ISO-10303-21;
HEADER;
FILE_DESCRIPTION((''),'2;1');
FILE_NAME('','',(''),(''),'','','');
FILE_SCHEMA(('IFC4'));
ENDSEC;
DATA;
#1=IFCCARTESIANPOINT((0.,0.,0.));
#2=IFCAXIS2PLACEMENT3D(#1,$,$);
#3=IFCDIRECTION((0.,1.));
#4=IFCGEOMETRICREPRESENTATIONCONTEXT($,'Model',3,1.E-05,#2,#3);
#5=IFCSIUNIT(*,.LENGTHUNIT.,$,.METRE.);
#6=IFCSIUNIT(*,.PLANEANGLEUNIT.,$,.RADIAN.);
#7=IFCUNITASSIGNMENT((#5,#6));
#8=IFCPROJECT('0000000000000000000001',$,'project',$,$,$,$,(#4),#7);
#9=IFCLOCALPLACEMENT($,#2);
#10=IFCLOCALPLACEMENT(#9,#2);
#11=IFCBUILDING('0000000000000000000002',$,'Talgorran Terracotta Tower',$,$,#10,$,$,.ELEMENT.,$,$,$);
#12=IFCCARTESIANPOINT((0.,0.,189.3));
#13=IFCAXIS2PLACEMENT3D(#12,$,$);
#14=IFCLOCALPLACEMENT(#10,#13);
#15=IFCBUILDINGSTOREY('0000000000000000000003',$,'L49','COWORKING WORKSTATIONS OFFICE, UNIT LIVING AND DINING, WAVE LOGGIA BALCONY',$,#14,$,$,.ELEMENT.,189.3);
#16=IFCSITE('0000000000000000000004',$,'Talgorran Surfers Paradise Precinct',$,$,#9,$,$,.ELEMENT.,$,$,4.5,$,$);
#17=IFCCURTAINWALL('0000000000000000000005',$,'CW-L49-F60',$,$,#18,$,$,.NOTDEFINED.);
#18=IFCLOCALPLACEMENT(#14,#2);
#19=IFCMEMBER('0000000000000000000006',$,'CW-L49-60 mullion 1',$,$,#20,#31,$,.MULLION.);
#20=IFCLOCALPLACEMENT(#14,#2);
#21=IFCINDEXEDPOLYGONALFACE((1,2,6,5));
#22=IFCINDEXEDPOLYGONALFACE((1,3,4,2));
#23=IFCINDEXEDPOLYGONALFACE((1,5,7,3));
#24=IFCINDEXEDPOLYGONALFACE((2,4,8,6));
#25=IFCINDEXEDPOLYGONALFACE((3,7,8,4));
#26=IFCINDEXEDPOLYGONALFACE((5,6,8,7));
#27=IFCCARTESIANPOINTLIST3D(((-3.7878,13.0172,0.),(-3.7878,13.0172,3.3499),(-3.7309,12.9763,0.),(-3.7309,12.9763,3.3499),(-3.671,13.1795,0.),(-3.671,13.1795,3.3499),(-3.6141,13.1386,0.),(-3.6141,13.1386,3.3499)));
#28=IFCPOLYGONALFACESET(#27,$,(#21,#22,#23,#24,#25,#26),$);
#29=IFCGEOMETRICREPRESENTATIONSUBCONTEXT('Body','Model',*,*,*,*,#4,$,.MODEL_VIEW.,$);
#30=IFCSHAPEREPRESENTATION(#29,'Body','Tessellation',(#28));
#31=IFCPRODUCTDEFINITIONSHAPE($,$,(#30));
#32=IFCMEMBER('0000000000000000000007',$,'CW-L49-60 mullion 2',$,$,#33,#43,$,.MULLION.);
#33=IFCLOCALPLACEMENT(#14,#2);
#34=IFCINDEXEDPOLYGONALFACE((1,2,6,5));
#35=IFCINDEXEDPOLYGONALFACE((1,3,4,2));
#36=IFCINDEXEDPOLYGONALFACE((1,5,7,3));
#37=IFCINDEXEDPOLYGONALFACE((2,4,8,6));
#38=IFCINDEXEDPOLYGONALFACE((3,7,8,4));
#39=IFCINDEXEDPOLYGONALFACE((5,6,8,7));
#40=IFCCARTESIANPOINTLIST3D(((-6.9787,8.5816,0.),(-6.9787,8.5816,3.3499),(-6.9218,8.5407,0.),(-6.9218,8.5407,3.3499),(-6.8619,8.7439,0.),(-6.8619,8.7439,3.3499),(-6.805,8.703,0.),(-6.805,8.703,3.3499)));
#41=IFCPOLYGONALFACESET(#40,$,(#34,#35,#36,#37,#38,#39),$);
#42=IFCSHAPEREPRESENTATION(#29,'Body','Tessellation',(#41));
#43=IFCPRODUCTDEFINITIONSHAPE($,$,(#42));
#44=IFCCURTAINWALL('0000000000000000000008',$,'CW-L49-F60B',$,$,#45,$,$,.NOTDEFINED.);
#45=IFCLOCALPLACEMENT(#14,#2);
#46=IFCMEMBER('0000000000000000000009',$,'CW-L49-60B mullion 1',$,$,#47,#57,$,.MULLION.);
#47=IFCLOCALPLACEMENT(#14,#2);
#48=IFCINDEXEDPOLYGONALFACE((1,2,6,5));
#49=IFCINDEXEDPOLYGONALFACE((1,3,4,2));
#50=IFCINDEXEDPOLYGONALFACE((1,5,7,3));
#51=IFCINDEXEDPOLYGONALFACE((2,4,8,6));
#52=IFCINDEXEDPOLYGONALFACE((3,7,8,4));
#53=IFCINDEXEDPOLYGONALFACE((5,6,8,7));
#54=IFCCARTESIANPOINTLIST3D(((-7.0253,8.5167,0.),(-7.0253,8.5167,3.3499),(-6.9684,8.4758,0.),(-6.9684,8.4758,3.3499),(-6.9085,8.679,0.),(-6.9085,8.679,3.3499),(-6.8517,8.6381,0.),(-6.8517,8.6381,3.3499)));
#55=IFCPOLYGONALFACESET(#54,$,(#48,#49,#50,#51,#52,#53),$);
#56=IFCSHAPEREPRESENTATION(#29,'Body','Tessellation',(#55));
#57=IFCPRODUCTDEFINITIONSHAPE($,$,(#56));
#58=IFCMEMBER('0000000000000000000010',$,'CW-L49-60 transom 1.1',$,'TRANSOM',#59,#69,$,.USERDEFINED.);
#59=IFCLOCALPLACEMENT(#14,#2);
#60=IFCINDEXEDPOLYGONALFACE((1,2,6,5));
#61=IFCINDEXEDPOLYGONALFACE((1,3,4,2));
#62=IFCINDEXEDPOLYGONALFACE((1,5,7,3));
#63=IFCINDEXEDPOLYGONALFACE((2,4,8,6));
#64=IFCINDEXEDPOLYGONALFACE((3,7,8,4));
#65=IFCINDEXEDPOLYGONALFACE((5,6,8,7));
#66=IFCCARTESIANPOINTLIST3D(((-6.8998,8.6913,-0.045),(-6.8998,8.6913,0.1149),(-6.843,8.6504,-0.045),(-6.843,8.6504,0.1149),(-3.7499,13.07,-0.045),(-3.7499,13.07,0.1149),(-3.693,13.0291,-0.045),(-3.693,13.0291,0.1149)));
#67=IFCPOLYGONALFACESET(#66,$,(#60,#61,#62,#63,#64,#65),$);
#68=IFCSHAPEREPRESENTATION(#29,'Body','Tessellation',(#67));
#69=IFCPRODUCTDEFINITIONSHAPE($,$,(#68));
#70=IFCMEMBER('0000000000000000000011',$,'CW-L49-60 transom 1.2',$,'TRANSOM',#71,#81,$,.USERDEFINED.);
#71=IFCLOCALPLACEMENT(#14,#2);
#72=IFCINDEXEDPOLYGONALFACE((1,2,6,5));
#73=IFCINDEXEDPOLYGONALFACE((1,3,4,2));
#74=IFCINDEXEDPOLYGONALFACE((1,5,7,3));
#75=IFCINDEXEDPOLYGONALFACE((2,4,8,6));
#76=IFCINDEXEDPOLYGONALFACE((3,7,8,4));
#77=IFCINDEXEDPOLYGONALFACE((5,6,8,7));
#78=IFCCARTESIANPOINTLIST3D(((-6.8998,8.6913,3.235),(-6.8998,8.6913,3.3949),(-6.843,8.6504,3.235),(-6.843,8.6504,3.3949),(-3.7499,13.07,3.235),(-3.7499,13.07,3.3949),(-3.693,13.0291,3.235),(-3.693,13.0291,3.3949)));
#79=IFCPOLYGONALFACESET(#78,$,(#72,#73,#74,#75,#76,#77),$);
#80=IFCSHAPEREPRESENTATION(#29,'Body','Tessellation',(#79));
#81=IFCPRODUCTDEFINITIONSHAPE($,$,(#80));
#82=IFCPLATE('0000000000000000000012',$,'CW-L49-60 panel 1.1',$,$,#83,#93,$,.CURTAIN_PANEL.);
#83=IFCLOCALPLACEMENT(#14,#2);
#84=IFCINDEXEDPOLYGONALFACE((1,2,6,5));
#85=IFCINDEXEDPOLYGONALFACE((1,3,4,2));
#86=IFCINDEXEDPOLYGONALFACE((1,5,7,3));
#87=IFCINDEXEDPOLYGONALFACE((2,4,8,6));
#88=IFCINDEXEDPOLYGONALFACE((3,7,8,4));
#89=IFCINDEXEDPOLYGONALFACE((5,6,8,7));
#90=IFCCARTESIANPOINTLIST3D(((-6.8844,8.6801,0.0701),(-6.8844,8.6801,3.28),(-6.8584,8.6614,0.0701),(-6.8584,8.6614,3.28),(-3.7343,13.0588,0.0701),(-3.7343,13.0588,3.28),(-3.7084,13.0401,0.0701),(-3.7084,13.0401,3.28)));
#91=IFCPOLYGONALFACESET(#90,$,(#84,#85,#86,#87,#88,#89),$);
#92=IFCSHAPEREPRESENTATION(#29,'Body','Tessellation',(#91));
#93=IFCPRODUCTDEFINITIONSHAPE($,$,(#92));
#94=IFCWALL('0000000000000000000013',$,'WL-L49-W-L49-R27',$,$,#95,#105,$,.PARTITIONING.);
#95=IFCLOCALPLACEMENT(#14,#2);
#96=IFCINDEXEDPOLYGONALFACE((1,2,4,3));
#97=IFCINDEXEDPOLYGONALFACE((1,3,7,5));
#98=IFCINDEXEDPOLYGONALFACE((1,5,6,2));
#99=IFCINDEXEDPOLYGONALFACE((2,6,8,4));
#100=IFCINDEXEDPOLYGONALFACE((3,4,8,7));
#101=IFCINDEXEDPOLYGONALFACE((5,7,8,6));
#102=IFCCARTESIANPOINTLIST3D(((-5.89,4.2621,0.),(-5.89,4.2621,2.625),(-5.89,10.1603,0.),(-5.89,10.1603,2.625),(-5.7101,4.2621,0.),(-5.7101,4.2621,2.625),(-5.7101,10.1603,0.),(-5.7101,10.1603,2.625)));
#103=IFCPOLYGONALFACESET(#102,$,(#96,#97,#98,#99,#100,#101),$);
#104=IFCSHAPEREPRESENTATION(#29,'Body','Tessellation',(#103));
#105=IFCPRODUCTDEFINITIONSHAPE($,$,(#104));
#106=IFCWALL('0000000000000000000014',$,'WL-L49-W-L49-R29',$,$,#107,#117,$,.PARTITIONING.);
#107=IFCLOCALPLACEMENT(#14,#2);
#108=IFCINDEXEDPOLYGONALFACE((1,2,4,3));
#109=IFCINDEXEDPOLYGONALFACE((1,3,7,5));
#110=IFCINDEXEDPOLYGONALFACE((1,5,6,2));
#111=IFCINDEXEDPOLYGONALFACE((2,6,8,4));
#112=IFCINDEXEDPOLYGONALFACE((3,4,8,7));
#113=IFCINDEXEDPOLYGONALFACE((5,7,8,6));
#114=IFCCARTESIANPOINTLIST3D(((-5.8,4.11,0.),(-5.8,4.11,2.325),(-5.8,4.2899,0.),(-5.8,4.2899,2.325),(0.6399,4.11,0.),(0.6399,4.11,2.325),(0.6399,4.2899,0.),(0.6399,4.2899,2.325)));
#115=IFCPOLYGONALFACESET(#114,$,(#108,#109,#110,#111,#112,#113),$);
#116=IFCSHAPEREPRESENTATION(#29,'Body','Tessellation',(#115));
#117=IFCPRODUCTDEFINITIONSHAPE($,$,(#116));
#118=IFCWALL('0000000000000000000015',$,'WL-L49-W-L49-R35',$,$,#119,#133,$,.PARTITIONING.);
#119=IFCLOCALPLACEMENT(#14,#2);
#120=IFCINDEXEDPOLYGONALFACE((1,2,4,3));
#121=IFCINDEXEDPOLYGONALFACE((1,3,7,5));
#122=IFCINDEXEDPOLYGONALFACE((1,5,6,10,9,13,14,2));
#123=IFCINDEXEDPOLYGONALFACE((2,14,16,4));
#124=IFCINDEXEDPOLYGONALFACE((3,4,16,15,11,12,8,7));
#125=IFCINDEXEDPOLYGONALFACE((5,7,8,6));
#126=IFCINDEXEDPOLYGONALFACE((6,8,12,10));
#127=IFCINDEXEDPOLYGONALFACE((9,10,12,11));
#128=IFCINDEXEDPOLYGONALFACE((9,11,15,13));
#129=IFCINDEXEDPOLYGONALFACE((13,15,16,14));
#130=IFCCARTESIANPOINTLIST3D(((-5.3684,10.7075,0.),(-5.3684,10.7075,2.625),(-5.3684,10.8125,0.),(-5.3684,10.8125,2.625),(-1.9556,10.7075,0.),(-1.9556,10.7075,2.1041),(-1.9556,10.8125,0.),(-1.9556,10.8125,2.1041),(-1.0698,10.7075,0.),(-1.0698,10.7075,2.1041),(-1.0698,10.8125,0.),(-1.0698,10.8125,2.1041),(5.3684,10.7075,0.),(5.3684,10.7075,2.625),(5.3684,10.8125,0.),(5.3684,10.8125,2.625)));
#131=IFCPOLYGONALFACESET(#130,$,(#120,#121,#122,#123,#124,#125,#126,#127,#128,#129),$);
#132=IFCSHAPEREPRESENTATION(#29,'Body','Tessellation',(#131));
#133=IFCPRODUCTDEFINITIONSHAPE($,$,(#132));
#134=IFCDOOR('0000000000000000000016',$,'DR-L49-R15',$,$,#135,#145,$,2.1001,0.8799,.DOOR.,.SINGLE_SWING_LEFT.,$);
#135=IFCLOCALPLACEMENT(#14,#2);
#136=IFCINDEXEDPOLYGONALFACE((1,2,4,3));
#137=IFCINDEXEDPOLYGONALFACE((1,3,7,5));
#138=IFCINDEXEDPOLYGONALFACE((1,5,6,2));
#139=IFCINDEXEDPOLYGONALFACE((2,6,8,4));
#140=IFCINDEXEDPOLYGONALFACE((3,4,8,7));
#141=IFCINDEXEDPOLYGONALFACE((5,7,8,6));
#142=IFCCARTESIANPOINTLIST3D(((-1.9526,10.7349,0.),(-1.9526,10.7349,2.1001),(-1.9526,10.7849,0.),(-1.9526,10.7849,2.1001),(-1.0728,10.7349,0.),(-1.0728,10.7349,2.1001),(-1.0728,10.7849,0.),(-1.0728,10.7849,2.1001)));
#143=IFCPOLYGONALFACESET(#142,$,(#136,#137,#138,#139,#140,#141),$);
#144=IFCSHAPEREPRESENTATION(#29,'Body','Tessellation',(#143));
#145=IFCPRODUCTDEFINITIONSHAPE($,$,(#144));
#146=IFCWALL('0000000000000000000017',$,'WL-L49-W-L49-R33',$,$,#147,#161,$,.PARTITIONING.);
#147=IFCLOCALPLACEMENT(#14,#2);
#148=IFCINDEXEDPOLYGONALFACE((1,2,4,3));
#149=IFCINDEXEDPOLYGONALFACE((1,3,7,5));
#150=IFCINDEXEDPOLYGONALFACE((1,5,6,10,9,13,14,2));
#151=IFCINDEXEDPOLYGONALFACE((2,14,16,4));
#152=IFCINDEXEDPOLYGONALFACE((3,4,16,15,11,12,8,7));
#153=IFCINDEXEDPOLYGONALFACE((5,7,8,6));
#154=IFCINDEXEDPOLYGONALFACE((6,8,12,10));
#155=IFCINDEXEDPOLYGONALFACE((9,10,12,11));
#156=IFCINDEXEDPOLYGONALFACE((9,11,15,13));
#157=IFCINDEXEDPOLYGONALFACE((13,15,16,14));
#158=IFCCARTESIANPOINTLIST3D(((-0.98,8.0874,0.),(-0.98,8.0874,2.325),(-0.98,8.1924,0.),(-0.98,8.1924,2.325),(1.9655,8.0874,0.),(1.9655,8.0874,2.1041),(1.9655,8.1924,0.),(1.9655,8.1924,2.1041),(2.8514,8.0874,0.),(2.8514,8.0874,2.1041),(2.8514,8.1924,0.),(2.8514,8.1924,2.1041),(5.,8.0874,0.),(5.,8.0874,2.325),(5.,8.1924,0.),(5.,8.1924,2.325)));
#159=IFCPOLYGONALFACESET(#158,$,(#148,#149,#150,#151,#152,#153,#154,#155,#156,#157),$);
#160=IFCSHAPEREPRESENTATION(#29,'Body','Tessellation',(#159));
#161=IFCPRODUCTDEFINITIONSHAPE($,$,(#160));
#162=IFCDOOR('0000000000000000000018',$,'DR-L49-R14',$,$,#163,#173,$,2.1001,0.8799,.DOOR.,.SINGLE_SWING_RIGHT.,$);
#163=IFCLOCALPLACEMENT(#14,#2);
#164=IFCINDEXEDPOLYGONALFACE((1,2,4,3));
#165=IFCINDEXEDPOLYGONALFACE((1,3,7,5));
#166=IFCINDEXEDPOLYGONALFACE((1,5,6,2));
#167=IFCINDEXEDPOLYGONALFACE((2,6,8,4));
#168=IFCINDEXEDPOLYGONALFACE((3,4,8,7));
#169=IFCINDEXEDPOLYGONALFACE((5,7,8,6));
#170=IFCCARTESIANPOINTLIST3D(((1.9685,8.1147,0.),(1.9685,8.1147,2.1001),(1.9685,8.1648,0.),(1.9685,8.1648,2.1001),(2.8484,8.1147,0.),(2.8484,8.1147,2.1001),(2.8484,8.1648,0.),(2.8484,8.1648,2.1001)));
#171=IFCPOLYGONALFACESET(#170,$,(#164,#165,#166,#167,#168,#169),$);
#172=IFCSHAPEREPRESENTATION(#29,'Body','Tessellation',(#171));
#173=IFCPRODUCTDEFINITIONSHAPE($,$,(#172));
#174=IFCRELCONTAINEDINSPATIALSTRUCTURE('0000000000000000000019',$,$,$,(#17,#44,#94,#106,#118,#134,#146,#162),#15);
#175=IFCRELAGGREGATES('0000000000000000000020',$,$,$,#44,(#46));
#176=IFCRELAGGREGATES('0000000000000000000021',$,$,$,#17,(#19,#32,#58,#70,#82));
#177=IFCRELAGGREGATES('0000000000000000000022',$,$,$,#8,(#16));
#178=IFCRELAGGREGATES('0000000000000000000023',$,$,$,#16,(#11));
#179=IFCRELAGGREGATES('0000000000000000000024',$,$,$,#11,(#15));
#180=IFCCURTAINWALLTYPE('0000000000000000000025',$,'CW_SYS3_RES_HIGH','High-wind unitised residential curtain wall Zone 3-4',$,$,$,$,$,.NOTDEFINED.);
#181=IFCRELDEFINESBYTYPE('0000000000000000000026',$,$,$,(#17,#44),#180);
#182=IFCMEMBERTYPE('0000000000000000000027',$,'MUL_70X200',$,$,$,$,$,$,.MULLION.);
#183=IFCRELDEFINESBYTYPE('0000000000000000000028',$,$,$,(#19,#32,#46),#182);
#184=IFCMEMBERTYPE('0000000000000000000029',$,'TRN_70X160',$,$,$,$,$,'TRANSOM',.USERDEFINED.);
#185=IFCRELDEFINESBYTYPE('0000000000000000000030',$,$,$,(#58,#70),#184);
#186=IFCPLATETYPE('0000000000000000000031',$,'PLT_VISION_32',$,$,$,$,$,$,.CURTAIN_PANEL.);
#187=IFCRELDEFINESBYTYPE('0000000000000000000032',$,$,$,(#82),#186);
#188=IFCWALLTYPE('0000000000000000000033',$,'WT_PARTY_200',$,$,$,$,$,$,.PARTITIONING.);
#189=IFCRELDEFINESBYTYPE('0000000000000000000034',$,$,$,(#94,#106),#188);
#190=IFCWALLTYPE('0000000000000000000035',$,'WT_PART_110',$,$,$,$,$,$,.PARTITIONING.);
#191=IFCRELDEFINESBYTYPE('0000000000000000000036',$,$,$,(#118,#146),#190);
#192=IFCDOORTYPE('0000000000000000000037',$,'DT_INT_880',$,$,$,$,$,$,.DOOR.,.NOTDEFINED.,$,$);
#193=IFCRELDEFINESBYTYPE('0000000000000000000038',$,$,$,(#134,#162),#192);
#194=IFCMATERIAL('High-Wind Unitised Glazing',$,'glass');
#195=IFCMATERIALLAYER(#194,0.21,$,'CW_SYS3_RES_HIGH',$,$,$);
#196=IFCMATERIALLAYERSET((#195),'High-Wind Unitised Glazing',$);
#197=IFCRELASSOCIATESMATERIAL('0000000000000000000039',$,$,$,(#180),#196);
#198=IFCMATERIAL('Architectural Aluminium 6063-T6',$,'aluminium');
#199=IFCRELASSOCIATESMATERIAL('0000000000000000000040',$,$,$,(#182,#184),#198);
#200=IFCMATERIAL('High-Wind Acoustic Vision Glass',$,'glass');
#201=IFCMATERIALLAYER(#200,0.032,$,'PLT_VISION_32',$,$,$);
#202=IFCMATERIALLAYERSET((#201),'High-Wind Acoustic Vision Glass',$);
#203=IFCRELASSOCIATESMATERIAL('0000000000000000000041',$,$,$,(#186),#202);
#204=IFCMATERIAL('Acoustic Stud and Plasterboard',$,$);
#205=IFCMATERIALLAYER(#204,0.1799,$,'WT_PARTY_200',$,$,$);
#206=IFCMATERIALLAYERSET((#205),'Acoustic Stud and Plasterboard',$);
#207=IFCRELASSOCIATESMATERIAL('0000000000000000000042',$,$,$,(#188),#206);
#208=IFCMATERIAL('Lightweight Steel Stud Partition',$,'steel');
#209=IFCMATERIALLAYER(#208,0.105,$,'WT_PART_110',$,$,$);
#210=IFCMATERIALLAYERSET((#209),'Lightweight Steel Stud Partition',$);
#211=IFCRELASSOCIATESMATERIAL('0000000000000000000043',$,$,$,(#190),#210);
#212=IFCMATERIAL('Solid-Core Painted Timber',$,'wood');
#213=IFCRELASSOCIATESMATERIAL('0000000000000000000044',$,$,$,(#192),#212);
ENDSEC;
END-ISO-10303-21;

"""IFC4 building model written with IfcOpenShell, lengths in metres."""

from ifc_helpers import new_model, si_unit, direction, frame, frame_2d, origin, origin_2d, place, context, subcontext, project, spatial, rectangle, extrude, source, transform, mapped, material, layer, layer_set, material_profile, profile_set, type_object, type_shapes, element, fill, aggregate, save


model = new_model("IFC4")

# Units and contexts
model_context = context("Model", 3, precision=1e-05, world=origin(), true_north=direction((0.0, 1.0)))
body_context = subcontext(model_context, "Body", "Model", "MODEL_VIEW")
ifc_project = project(units=[si_unit("LENGTHUNIT", "METRE"), si_unit("PLANEANGLEUNIT", "RADIAN")], contexts=[model_context])

# Site, building, storey
site_placement = place(None, origin())
site = spatial("IfcSite", under=ifc_project, at=site_placement, Name="Talgorran Surfers Paradise Precinct", CompositionType="ELEMENT", RefElevation=4.5)
building_placement = place(site_placement, origin())
building = spatial("IfcBuilding", under=site, at=building_placement, Name="Talgorran Terracotta Tower", CompositionType="ELEMENT")
storey_placement = place(building_placement, frame((0.0, 0.0, 189.3)))
storey = spatial("IfcBuildingStorey", under=building, at=storey_placement, Name="L49", Description="COWORKING WORKSTATIONS OFFICE, UNIT LIVING AND DINING, WAVE LOGGIA BALCONY", CompositionType="ELEMENT", Elevation=189.3)

# Shared definitions
ifc_material_1 = material(Name="High-Wind Unitised Glazing", Category="glass")
ifc_layer_1 = layer(ifc_material_1, 0.21, Name="CW_SYS3_RES_HIGH")
ifc_layer_set_1 = layer_set([ifc_layer_1], Name="High-Wind Unitised Glazing")
curtain_wall_type = type_object("IfcCurtainWallType", Name="CW_SYS3_RES_HIGH", Description="High-wind unitised residential curtain wall Zone 3-4", PredefinedType="NOTDEFINED", material=ifc_layer_set_1)
ifc_material_2 = material(Name="Architectural Aluminium 6063-T6", Category="aluminium")
ifc_material_profile_1 = material_profile(ifc_material_2, rectangle(XDim=0.0701, YDim=0.2, at=origin_2d()), Name="CWM70X200")
ifc_profile_set_1 = profile_set([ifc_material_profile_1], Name="Architectural Aluminium 6063-T6")
member_type_1 = type_object("IfcMemberType", Name="MUL_70X200", PredefinedType="MULLION", material=ifc_profile_set_1)

# Curtain wall, members
curtain_wall_1_placement = place(storey_placement, origin())
curtain_wall_1 = element("IfcCurtainWall", 1, at=curtain_wall_1_placement, inside=storey, type_object=curtain_wall_type, Name="CW-L49-F60", PredefinedType="NOTDEFINED")
member_1_placement = place(storey_placement, frame((-3.7009, 13.0779, 0.0), z_axis=(0.0, 0.0, 1.0), x_axis=(0.811762, -0.583989, 0.0)))
member_1 = element("IfcMember", 2, at=member_1_placement, type_object=member_type_1, Name="CW-L49-60 mullion 1", PredefinedType="MULLION", context=body_context, shape_type="SweptSolid", body=[
    extrude(rectangle(XDim=0.0701, YDim=0.2, at=origin_2d()), origin(), (0.0, 0.0, 1.0), 3.3499),
])
member_2_placement = place(storey_placement, frame((-6.8918, 8.6423, 0.0), z_axis=(0.0, 0.0, 1.0), x_axis=(0.811762, -0.583989, 0.0)))
member_2 = element("IfcMember", 3, at=member_2_placement, type_object=member_type_1, Name="CW-L49-60 mullion 2", PredefinedType="MULLION", context=body_context, shape_type="SweptSolid", body=[
    extrude(rectangle(XDim=0.0701, YDim=0.2, at=origin_2d()), origin(), (0.0, 0.0, 1.0), 3.3499),
])

# Curtain wall, member
curtain_wall_2_placement = place(storey_placement, origin())
curtain_wall_2 = element("IfcCurtainWall", 4, at=curtain_wall_2_placement, inside=storey, type_object=curtain_wall_type, Name="CW-L49-F60B", PredefinedType="NOTDEFINED")
member_3_placement = place(storey_placement, frame((-6.9385, 8.5774, 0.0), z_axis=(0.0, 0.0, 1.0), x_axis=(0.811761, -0.58399, 0.0)))
member_3 = element("IfcMember", 5, at=member_3_placement, type_object=member_type_1, Name="CW-L49-60B mullion 1", PredefinedType="MULLION", context=body_context, shape_type="SweptSolid", body=[
    extrude(rectangle(XDim=0.0701, YDim=0.2, at=origin_2d()), origin(), (0.0, 0.0, 1.0), 3.3499),
])
aggregate(curtain_wall_2, [member_3])

# Members
ifc_material_profile_2 = material_profile(ifc_material_2, rectangle(XDim=0.0701, YDim=0.1599, at=origin_2d()), Name="CWT70X160")
ifc_profile_set_2 = profile_set([ifc_material_profile_2], Name="Architectural Aluminium 6063-T6")
member_type_2 = type_object("IfcMemberType", Name="TRN_70X160", ElementType="TRANSOM", PredefinedType="USERDEFINED", material=ifc_profile_set_2)
member_4_placement = place(storey_placement, frame((-3.7214, 13.0496, 0.0349), z_axis=(-0.583971, -0.811775, 0.0), x_axis=(0.811775, -0.583971, 0.0)))
member_4 = element("IfcMember", 6, at=member_4_placement, type_object=member_type_2, Name="CW-L49-60 transom 1.1", ObjectType="TRANSOM", PredefinedType="USERDEFINED", context=body_context, shape_type="SweptSolid", body=[
    extrude(rectangle(XDim=0.0701, YDim=0.1599, at=origin_2d()), origin(), (0.0, 0.0, 1.0), 5.394),
])
member_5_placement = place(storey_placement, frame((-3.7214, 13.0496, 3.3149), z_axis=(-0.583971, -0.811775, 0.0), x_axis=(0.811775, -0.583971, 0.0)))
member_5 = element("IfcMember", 7, at=member_5_placement, type_object=member_type_2, Name="CW-L49-60 transom 1.2", ObjectType="TRANSOM", PredefinedType="USERDEFINED", context=body_context, shape_type="SweptSolid", body=[
    extrude(rectangle(XDim=0.0701, YDim=0.1599, at=origin_2d()), origin(), (0.0, 0.0, 1.0), 5.394),
])

# Plate
ifc_material_3 = material(Name="High-Wind Acoustic Vision Glass", Category="glass")
ifc_layer_2 = layer(ifc_material_3, 0.032, Name="PLT_VISION_32")
ifc_layer_set_2 = layer_set([ifc_layer_2], Name="High-Wind Acoustic Vision Glass")
plate_type = type_object("IfcPlateType", Name="PLT_VISION_32", PredefinedType="CURTAIN_PANEL", material=ifc_layer_set_2)
shared_shape = source(origin(), body_context, "Body", "SweptSolid", [
    extrude(rectangle(XDim=5.394, YDim=0.032, at=origin_2d()), origin(), (0.0, 0.0, 1.0), 3.21),
])
type_shapes(plate_type, [shared_shape])
plate_placement = place(storey_placement, frame((-5.2964, 10.8601, 0.0701), z_axis=(0.0, 0.0, 1.0), x_axis=(-0.583989, -0.811762, 0.0)))
plate = element("IfcPlate", 8, at=plate_placement, type_object=plate_type, Name="CW-L49-60 panel 1.1", PredefinedType="CURTAIN_PANEL", context=body_context, shape_type="MappedRepresentation", body=[
    mapped(shared_shape, transform((0.0, 0.0, 0.0), scale=1.0)),
])
aggregate(curtain_wall_1, [member_1, member_2, member_4, member_5, plate])

# Walls
ifc_material_4 = material(Name="Acoustic Stud and Plasterboard")
ifc_layer_3 = layer(ifc_material_4, 0.1799, Name="WT_PARTY_200")
ifc_layer_set_3 = layer_set([ifc_layer_3], Name="Acoustic Stud and Plasterboard")
wall_type_1 = type_object("IfcWallType", Name="WT_PARTY_200", PredefinedType="PARTITIONING", material=ifc_layer_set_3)
wall_1_placement = place(storey_placement, frame((-5.8, 4.262, 0.0), z_axis=(0.0, 0.0, 1.0), x_axis=(0.0, 1.0, 0.0)))
element("IfcWall", 9, at=wall_1_placement, inside=storey, type_object=wall_type_1, Name="WL-L49-W-L49-R27", PredefinedType="PARTITIONING", context=body_context, shape_type="SweptSolid", body=[
    extrude(rectangle(XDim=5.8982, YDim=0.1799, at=frame_2d((2.9492, 0.0))), origin(), (0.0, 0.0, 1.0), 2.625),
])
wall_2_placement = place(storey_placement, frame((-5.8, 4.2, 0.0), z_axis=(0.0, 0.0, 1.0), x_axis=(1.0, 0.0, 0.0)))
element("IfcWall", 10, at=wall_2_placement, inside=storey, type_object=wall_type_1, Name="WL-L49-W-L49-R29", PredefinedType="PARTITIONING", context=body_context, shape_type="SweptSolid", body=[
    extrude(rectangle(XDim=6.4399, YDim=0.1799, at=frame_2d((3.22, 0.0))), origin(), (0.0, 0.0, 1.0), 2.325),
])

# Walls, openings, doors
ifc_material_5 = material(Name="Lightweight Steel Stud Partition", Category="steel")
ifc_layer_4 = layer(ifc_material_5, 0.105, Name="WT_PART_110")
ifc_layer_set_4 = layer_set([ifc_layer_4], Name="Lightweight Steel Stud Partition")
wall_type_2 = type_object("IfcWallType", Name="WT_PART_110", PredefinedType="PARTITIONING", material=ifc_layer_set_4)
wall_3_placement = place(storey_placement, frame((-5.3684, 10.76, 0.0), z_axis=(0.0, 0.0, 1.0), x_axis=(1.0, 0.0, 0.0)))
wall_3 = element("IfcWall", 11, at=wall_3_placement, inside=storey, type_object=wall_type_2, Name="WL-L49-W-L49-R35", PredefinedType="PARTITIONING", context=body_context, shape_type="SweptSolid", body=[
    extrude(rectangle(XDim=10.7368, YDim=0.105, at=frame_2d((5.3684, 0.0))), origin(), (0.0, 0.0, 1.0), 2.625),
])
opening_1_placement = place(wall_3_placement, frame((3.4158, 0.0, 0.0)))
opening_1 = element("IfcOpeningElement", 12, at=opening_1_placement, cuts=wall_3, PredefinedType="OPENING", context=body_context, shape_type="SweptSolid", body=[
    extrude(rectangle(XDim=0.8859, YDim=2.1041, at=frame_2d((0.4399, 1.052))), frame((0.0, 0.0625, 0.0), z_axis=(0.0, -1.0, 0.0), x_axis=(1.0, 0.0, 0.0)), (0.0, 0.0, 1.0), 0.125),
])
ifc_material_6 = material(Name="Solid-Core Painted Timber", Category="wood")
door_type_1 = type_object("IfcDoorType", Name="DT_INT_880", OperationType="NOTDEFINED", PredefinedType="DOOR", material=ifc_material_6)
door_1_placement = place(opening_1_placement, origin())
door_1 = element("IfcDoor", 13, at=door_1_placement, inside=storey, type_object=door_type_1, Name="DR-L49-R15", OperationType="SINGLE_SWING_LEFT", OverallHeight=2.1001, OverallWidth=0.8799, PredefinedType="DOOR", context=body_context, shape_type="SweptSolid", body=[
    extrude(rectangle(XDim=0.8799, YDim=2.1001, at=frame_2d((0.4399, 1.05))), frame((0.0, 0.0249, 0.0), z_axis=(0.0, -1.0, 0.0), x_axis=(1.0, 0.0, 0.0)), (0.0, 0.0, 1.0), 0.05),
])
fill(opening_1, door_1)
wall_4_placement = place(storey_placement, frame((-0.98, 8.1399, 0.0), z_axis=(0.0, 0.0, 1.0), x_axis=(1.0, 0.0, 0.0)))
wall_4 = element("IfcWall", 14, at=wall_4_placement, inside=storey, type_object=wall_type_2, Name="WL-L49-W-L49-R33", PredefinedType="PARTITIONING", context=body_context, shape_type="SweptSolid", body=[
    extrude(rectangle(XDim=5.98, YDim=0.105, at=frame_2d((2.99, 0.0))), origin(), (0.0, 0.0, 1.0), 2.325),
])
opening_2_placement = place(wall_4_placement, frame((2.9485, 0.0, 0.0)))
opening_2 = element("IfcOpeningElement", 15, at=opening_2_placement, cuts=wall_4, PredefinedType="OPENING", context=body_context, shape_type="SweptSolid", body=[
    extrude(rectangle(XDim=0.8859, YDim=2.1041, at=frame_2d((0.4399, 1.052))), frame((0.0, 0.0625, 0.0), z_axis=(0.0, -1.0, 0.0), x_axis=(1.0, 0.0, 0.0)), (0.0, 0.0, 1.0), 0.125),
])
door_2_placement = place(opening_2_placement, origin())
door_2 = element("IfcDoor", 16, at=door_2_placement, inside=storey, type_object=door_type_1, Name="DR-L49-R14", OperationType="SINGLE_SWING_RIGHT", OverallHeight=2.1001, OverallWidth=0.8799, PredefinedType="DOOR", context=body_context, shape_type="SweptSolid", body=[
    extrude(rectangle(XDim=0.8799, YDim=2.1001, at=frame_2d((0.4399, 1.05))), frame((0.0, 0.0249, 0.0), z_axis=(0.0, -1.0, 0.0), x_axis=(1.0, 0.0, 0.0)), (0.0, 0.0, 1.0), 0.05),
])
fill(opening_2, door_2)

save(model, "model.ifc")
